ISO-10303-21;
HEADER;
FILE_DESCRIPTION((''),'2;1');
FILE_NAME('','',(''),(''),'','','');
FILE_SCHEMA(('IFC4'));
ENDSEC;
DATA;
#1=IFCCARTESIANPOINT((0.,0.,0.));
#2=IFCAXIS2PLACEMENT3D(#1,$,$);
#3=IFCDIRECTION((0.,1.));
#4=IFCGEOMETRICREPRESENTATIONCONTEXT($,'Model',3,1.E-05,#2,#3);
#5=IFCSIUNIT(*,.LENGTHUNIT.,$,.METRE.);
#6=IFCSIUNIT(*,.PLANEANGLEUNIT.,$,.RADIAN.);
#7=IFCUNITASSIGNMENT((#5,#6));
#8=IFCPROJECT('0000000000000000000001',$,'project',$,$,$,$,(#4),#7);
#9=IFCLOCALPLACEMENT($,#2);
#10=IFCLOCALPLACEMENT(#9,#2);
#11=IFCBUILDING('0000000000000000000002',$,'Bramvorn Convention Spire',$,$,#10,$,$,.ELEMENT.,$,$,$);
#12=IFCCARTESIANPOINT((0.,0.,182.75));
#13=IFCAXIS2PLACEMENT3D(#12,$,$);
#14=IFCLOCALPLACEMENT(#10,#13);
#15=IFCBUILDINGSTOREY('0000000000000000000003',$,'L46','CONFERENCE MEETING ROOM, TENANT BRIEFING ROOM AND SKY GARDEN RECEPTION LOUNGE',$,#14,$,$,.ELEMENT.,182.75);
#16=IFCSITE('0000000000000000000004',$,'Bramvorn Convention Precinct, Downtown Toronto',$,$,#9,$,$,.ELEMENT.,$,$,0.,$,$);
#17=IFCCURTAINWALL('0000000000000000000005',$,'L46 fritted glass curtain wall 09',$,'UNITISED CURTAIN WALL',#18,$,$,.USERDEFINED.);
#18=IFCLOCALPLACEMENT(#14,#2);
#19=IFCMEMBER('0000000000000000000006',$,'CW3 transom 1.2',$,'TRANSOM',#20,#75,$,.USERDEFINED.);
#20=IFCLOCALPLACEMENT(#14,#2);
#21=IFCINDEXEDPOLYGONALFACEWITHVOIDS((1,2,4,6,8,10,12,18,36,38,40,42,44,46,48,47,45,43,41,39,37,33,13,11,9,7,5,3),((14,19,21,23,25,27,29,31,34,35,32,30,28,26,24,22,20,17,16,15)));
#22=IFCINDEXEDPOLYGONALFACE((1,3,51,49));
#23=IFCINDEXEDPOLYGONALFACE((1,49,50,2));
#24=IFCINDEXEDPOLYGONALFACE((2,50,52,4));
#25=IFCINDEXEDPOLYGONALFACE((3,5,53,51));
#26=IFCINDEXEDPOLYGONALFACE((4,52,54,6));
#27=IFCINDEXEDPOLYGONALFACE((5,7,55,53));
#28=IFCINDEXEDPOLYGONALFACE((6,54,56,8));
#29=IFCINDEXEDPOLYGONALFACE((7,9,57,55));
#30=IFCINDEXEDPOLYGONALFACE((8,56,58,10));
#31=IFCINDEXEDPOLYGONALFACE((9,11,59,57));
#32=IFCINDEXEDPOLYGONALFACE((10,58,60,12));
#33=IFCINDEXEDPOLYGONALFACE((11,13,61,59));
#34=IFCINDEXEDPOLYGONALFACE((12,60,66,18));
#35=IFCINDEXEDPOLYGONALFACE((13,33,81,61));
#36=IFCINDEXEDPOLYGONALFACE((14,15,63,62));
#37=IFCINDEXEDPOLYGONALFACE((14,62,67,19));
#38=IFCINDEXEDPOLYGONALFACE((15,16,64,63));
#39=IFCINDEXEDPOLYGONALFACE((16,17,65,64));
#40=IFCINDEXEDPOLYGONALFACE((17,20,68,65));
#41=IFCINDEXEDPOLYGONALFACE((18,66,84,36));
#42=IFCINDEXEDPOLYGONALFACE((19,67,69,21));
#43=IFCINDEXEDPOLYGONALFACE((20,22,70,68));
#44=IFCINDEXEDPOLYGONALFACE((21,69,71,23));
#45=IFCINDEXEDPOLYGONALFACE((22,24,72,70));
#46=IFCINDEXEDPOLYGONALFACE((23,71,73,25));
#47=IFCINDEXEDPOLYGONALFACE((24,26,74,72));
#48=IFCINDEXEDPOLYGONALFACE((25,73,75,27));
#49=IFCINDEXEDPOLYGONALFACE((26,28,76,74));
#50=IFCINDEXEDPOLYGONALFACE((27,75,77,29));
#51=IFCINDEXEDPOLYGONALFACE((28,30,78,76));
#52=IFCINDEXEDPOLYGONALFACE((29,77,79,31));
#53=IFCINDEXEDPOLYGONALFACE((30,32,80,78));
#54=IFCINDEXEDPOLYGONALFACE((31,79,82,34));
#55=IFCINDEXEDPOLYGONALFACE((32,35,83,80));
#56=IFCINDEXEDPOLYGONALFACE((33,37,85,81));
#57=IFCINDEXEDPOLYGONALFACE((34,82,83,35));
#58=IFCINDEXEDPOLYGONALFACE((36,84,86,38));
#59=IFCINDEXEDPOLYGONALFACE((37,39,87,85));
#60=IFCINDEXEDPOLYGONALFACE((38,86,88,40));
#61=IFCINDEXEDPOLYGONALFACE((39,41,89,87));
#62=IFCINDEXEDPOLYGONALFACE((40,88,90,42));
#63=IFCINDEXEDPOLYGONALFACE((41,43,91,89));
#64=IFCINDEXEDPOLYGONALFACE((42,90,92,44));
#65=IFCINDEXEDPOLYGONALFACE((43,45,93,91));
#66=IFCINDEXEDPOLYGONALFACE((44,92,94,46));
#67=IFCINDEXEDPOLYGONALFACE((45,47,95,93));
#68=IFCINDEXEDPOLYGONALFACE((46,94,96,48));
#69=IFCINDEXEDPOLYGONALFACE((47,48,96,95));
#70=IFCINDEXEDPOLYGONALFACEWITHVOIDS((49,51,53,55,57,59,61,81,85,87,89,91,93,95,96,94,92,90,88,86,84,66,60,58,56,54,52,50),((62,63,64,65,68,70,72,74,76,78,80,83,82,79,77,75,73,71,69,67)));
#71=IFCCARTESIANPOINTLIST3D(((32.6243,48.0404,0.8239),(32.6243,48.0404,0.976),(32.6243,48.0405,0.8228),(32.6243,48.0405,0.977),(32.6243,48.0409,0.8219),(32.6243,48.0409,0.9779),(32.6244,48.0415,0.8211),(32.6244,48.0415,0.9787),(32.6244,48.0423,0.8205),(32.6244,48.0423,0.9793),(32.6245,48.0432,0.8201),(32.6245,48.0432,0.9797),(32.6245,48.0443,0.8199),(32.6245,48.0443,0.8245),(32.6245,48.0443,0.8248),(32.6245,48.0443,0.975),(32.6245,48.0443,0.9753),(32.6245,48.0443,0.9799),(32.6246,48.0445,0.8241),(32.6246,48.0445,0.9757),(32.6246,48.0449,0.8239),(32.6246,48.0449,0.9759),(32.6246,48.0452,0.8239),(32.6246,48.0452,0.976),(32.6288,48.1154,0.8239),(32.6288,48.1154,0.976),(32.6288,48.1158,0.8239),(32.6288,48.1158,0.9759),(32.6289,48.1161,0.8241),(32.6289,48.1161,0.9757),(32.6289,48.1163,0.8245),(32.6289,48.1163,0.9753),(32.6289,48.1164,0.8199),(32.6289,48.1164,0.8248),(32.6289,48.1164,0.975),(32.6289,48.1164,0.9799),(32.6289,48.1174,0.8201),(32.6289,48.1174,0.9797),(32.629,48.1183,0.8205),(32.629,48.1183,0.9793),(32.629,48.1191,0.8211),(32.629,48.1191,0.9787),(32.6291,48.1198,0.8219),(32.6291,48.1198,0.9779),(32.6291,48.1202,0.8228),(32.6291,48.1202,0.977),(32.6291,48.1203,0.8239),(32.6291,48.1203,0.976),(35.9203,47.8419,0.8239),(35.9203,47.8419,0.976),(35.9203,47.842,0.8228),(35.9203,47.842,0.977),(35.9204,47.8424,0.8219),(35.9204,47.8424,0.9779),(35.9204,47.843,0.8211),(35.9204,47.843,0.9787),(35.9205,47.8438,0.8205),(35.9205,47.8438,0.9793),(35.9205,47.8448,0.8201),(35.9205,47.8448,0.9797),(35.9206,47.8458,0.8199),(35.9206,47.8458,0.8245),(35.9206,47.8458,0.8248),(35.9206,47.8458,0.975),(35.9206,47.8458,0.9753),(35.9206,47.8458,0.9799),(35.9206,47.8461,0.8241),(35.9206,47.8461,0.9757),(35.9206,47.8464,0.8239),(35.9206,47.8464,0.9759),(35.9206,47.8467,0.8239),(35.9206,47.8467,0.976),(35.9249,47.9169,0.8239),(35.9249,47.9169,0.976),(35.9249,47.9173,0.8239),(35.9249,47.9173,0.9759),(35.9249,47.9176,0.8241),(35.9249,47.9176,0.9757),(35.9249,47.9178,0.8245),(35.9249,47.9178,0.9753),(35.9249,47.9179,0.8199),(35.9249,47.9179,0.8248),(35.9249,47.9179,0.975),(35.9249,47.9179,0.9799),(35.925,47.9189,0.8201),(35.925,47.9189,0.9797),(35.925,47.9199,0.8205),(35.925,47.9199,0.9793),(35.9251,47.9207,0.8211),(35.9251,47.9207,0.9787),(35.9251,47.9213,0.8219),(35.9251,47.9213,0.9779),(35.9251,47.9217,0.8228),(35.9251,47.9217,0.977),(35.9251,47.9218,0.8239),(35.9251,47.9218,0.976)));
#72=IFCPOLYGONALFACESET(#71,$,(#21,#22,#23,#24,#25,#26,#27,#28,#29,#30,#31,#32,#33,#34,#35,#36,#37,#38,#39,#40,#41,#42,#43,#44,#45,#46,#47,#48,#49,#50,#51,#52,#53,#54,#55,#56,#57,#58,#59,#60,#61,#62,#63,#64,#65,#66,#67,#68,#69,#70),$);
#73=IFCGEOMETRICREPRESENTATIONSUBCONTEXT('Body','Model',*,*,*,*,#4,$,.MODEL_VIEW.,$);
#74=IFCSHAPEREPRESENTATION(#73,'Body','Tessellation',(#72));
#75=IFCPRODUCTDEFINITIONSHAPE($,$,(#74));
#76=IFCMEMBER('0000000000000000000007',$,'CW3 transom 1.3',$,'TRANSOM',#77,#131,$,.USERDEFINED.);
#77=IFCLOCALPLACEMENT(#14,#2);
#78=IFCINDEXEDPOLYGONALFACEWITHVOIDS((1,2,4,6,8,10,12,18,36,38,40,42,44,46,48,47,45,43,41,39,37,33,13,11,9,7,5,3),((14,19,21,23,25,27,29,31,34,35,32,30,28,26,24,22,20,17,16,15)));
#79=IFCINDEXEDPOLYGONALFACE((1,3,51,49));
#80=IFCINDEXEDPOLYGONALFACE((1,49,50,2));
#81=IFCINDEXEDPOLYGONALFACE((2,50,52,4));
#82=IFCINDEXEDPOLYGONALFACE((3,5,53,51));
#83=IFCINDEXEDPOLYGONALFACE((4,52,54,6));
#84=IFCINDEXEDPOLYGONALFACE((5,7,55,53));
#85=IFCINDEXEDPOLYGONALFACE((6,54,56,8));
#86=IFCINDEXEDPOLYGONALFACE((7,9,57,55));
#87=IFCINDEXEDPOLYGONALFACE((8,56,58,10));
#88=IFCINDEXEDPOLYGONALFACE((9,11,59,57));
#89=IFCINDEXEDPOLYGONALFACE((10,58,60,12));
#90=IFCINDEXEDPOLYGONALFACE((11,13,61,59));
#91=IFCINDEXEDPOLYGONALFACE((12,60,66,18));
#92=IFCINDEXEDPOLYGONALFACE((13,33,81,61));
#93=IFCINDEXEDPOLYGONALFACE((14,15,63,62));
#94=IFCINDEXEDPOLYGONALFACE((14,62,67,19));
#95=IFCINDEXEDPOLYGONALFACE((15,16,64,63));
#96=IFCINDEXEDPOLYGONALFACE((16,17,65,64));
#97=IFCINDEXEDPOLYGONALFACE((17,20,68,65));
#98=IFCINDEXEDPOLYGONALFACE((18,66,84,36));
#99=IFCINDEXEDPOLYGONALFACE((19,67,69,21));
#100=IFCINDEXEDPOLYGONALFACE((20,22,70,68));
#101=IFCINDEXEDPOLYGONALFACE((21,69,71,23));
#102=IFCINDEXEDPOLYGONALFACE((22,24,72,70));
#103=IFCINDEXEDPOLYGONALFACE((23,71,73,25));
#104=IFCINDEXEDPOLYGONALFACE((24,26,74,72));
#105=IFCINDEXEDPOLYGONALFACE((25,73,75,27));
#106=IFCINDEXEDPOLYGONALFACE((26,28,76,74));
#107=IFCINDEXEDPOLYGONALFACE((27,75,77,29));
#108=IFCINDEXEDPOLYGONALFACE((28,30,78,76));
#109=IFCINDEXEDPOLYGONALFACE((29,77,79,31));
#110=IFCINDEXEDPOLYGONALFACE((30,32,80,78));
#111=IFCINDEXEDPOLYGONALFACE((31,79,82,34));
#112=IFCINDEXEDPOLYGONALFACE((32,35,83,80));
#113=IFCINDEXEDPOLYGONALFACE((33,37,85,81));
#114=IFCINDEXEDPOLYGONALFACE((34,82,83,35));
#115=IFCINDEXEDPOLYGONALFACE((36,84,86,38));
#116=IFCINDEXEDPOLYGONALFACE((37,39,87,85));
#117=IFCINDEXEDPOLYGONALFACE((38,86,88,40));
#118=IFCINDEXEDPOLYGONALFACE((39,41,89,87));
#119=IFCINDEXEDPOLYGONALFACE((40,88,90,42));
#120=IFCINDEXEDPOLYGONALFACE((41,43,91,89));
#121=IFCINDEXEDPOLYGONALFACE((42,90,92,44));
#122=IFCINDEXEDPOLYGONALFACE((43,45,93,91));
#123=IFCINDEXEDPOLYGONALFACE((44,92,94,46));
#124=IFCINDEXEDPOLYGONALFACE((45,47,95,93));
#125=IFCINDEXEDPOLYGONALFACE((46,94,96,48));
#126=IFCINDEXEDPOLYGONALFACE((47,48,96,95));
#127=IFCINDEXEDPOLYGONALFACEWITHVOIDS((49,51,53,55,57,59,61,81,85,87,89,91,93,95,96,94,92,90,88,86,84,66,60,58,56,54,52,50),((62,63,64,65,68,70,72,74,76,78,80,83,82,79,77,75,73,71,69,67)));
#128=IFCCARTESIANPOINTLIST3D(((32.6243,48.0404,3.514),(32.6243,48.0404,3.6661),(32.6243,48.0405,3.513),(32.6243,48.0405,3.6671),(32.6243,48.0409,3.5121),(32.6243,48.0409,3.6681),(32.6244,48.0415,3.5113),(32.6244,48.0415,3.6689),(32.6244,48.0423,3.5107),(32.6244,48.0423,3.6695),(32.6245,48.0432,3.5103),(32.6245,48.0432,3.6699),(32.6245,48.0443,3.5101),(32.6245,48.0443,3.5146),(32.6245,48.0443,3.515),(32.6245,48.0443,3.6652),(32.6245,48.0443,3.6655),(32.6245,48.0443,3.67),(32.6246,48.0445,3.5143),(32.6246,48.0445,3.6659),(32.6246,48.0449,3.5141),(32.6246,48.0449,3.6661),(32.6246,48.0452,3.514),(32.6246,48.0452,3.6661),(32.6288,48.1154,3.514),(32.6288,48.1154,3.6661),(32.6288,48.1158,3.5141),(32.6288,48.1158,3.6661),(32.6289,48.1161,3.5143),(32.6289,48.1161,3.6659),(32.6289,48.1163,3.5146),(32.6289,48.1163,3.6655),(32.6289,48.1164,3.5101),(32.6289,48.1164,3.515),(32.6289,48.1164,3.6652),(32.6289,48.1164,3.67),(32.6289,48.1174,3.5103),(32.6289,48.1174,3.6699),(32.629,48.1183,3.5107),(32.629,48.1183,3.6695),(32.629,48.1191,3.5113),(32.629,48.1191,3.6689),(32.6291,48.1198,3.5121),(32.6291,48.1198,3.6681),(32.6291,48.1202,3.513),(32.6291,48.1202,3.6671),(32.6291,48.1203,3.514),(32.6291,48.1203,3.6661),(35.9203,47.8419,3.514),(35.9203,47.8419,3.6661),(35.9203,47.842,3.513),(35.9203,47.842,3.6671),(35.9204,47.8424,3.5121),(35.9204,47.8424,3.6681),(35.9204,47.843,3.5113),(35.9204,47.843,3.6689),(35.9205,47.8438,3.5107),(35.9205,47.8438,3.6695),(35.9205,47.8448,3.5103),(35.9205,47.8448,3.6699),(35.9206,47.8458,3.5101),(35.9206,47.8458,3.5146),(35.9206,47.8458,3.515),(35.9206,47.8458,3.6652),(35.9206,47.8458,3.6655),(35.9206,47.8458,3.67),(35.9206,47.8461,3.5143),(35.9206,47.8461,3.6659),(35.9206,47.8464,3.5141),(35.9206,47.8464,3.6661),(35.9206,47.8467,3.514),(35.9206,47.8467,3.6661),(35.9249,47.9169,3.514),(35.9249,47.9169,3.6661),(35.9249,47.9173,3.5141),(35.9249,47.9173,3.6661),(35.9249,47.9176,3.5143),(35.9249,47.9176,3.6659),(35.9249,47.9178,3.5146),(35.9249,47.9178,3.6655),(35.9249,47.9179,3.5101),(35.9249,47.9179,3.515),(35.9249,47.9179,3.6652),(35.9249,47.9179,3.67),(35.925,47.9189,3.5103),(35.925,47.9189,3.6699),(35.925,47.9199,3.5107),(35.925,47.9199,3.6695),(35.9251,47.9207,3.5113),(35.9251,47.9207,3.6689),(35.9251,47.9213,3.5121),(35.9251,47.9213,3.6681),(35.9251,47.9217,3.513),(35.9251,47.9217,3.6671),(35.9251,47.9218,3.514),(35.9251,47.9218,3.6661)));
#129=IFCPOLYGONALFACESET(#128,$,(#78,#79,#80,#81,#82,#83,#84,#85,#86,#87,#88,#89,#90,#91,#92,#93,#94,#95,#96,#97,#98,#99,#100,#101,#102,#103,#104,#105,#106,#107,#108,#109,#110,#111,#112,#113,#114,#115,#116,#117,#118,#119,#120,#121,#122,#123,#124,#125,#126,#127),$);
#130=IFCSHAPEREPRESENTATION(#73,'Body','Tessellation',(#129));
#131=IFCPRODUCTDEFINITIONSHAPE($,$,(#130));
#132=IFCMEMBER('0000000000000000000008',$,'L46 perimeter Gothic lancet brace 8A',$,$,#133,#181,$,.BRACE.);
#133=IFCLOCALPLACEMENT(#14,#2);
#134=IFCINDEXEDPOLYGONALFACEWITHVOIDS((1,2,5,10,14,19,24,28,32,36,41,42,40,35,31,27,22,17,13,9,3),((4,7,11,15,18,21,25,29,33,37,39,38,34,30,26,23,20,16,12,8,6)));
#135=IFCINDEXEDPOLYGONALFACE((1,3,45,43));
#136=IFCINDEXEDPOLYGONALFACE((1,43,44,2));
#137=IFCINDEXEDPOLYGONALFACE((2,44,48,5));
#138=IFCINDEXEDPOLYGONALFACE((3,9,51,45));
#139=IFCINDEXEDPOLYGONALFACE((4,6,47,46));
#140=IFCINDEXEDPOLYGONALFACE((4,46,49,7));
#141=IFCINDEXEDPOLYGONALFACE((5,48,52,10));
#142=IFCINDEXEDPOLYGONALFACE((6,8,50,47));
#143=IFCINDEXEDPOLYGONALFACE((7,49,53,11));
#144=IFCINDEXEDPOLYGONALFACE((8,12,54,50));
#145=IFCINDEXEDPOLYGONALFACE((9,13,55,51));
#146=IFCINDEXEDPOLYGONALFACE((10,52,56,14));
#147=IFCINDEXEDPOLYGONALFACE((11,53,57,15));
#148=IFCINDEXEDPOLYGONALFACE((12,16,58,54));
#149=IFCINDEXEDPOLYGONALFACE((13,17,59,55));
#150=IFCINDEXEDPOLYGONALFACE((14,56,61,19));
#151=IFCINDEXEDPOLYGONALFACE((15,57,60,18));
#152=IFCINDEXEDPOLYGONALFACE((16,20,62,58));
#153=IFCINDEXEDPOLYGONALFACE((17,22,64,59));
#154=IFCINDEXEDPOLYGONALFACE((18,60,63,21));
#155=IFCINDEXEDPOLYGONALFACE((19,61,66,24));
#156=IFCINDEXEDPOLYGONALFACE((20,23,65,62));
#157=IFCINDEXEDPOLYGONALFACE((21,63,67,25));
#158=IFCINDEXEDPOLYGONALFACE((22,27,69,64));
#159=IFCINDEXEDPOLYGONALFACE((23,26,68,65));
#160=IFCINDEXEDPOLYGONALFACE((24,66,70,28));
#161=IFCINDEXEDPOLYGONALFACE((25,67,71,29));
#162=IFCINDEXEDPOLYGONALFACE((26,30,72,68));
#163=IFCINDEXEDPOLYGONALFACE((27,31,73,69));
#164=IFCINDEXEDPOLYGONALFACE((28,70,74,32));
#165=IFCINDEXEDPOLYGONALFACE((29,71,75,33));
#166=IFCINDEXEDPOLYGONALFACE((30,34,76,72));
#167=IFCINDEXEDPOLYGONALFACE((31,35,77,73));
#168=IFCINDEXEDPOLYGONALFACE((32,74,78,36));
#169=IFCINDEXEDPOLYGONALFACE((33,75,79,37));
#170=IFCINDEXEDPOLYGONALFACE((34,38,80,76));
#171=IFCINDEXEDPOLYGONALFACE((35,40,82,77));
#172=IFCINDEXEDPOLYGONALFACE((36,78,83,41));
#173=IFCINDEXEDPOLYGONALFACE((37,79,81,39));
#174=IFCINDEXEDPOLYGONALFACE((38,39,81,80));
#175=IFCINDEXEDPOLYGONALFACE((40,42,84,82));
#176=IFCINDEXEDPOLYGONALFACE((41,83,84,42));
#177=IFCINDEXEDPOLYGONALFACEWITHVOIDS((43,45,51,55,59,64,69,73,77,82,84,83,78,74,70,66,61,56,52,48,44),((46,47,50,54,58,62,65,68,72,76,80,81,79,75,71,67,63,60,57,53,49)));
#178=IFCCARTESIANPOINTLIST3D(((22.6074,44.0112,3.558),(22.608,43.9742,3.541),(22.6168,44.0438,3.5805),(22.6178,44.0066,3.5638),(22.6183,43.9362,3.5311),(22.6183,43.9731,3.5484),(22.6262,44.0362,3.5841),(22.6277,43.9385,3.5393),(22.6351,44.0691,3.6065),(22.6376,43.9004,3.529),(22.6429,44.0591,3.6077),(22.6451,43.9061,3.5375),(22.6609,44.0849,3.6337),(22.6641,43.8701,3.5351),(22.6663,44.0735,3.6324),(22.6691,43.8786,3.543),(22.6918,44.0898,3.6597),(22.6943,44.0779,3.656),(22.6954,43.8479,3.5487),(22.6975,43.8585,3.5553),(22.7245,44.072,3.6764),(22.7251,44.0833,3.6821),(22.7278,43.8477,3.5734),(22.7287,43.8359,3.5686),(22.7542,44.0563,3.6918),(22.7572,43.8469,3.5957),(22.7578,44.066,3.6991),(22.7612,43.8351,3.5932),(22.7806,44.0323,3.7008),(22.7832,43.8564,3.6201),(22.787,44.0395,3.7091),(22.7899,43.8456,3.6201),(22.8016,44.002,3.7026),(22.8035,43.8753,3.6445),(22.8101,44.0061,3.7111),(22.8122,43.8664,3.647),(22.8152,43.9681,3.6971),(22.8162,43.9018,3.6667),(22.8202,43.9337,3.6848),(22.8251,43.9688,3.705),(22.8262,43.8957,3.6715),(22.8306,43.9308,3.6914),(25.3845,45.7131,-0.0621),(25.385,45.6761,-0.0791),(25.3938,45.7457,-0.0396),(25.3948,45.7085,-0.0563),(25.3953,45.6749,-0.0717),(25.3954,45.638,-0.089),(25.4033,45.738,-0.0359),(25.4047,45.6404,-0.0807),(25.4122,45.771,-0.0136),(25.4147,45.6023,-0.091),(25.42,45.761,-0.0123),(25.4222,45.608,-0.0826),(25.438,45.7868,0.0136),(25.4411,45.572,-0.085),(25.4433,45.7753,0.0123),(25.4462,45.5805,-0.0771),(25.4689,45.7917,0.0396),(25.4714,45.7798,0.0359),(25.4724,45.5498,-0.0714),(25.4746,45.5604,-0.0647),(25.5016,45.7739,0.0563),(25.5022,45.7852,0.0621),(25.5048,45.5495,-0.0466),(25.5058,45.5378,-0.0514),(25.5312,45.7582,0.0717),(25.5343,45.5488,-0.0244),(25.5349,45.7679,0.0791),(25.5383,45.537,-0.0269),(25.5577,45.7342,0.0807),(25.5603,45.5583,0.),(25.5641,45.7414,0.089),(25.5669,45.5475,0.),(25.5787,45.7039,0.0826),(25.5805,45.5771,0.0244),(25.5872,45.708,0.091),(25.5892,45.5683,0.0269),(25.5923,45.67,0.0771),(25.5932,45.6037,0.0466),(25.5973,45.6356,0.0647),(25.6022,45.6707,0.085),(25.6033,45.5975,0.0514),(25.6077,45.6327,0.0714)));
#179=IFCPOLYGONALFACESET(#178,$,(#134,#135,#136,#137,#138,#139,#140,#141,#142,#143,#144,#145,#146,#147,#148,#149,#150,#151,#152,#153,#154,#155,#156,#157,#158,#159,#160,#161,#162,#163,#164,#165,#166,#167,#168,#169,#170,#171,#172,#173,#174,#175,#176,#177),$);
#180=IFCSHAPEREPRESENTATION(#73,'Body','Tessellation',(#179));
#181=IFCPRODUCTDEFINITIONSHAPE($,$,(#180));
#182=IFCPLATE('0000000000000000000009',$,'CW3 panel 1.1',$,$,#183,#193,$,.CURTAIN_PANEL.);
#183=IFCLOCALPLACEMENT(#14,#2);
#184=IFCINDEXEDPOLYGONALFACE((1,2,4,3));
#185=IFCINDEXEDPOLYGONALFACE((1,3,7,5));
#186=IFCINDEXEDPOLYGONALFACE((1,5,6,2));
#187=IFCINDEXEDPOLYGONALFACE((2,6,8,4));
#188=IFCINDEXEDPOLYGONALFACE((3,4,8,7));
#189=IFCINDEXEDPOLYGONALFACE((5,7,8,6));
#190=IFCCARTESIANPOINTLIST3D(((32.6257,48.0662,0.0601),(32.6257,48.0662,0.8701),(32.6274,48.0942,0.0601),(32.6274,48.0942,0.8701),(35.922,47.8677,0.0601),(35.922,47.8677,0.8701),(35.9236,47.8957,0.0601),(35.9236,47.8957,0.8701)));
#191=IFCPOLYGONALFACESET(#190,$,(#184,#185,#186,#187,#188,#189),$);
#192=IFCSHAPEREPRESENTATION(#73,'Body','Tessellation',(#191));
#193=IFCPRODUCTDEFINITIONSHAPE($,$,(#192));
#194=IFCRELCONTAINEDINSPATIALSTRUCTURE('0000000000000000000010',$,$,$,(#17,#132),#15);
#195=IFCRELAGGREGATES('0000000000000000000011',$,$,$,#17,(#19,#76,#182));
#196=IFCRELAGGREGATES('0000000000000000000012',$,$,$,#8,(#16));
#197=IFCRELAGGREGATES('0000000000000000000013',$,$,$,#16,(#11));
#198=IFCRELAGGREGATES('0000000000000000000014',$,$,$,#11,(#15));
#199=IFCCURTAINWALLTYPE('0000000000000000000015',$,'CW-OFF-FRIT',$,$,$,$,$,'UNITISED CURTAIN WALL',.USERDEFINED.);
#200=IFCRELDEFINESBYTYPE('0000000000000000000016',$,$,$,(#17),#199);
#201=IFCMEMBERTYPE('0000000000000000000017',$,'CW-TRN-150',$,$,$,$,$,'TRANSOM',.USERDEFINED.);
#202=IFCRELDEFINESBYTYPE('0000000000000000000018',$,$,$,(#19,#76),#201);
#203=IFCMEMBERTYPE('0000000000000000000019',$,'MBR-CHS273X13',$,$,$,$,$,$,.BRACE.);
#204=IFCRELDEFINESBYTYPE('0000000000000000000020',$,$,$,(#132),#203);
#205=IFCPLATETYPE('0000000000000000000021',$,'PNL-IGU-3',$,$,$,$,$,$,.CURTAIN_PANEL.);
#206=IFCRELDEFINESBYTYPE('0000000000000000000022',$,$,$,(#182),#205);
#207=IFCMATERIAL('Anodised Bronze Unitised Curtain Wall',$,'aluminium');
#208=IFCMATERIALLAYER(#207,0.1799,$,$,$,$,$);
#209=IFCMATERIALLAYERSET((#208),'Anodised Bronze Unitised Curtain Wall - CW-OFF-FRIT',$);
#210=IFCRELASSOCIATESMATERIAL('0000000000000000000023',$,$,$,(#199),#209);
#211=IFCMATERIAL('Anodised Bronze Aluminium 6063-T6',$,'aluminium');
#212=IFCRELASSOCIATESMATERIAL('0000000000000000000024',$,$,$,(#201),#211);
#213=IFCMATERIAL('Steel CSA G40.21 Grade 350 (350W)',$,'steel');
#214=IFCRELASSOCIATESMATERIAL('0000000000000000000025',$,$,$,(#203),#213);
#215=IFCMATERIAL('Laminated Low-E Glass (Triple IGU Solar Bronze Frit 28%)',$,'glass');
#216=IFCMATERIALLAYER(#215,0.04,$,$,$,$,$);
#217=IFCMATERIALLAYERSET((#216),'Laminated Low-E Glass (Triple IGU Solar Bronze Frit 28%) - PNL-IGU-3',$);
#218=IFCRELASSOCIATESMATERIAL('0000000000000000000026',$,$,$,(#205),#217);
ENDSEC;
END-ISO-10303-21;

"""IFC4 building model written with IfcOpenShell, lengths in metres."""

from ifc_helpers import new_model, si_unit, direction, frame, origin, origin_2d, place, context, subcontext, project, spatial, rectangle, hollow_rectangle, hollow_circle, extrude, material, layer, layer_set, material_profile, profile_set, type_object, element, aggregate, save


model = new_model("IFC4")

# Units and contexts
model_context = context("Model", 3, precision=1e-05, world=origin(), true_north=direction((0.0, 1.0)))
body_context = subcontext(model_context, "Body", "Model", "MODEL_VIEW")
ifc_project = project(units=[si_unit("LENGTHUNIT", "METRE"), si_unit("PLANEANGLEUNIT", "RADIAN")], contexts=[model_context])

# Site, building, storey
site_placement = place(None, origin())
site = spatial("IfcSite", under=ifc_project, at=site_placement, Name="Bramvorn Convention Precinct, Downtown Toronto", CompositionType="ELEMENT", RefElevation=0.0)
building_placement = place(site_placement, origin())
building = spatial("IfcBuilding", under=site, at=building_placement, Name="Bramvorn Convention Spire", CompositionType="ELEMENT")
storey_placement = place(building_placement, frame((0.0, 0.0, 182.75)))
storey = spatial("IfcBuildingStorey", under=building, at=storey_placement, Name="L46", Description="CONFERENCE MEETING ROOM, TENANT BRIEFING ROOM AND SKY GARDEN RECEPTION LOUNGE", CompositionType="ELEMENT", Elevation=182.75)

# Shared definitions
ifc_material_1 = material(Name="Steel CSA G40.21 Grade 350 (350W)", Category="steel")

# Curtain wall, members
ifc_material_2 = material(Name="Anodised Bronze Unitised Curtain Wall", Category="aluminium")
ifc_layer_1 = layer(ifc_material_2, 0.1799)
ifc_layer_set_1 = layer_set([ifc_layer_1], Name="Anodised Bronze Unitised Curtain Wall - CW-OFF-FRIT")
curtain_wall_type = type_object("IfcCurtainWallType", Name="CW-OFF-FRIT", ElementType="UNITISED CURTAIN WALL", PredefinedType="USERDEFINED", material=ifc_layer_set_1)
curtain_wall_placement = place(storey_placement, origin())
curtain_wall = element("IfcCurtainWall", 1, at=curtain_wall_placement, inside=storey, type_object=curtain_wall_type, Name="L46 fritted glass curtain wall 09", ObjectType="UNITISED CURTAIN WALL", PredefinedType="USERDEFINED")
ifc_material_3 = material(Name="Anodised Bronze Aluminium 6063-T6", Category="aluminium")
ifc_material_profile_1 = material_profile(ifc_material_3, hollow_rectangle(XDim=0.0801, YDim=0.1599, WallThickness=0.0039, InnerFilletRadius=0.001, OuterFilletRadius=0.0039, at=origin_2d()))
ifc_profile_set_1 = profile_set([ifc_material_profile_1], Name="Anodised Bronze Aluminium 6063-T6 - CWT80X160")
member_type_1 = type_object("IfcMemberType", Name="CW-TRN-150", ElementType="TRANSOM", PredefinedType="USERDEFINED", material=ifc_profile_set_1)
member_1_placement = place(storey_placement, frame((32.6267, 48.0803, 0.8999), z_axis=(0.998192, -0.060109, 0.0), x_axis=(0.060109, 0.998192, 0.0)))
member_1 = element("IfcMember", 2, at=member_1_placement, type_object=member_type_1, Name="CW3 transom 1.2", ObjectType="TRANSOM", PredefinedType="USERDEFINED", context=body_context, shape_type="SweptSolid", body=[
    extrude(hollow_rectangle(XDim=0.0801, YDim=0.1599, WallThickness=0.0039, InnerFilletRadius=0.001, OuterFilletRadius=0.0039, at=origin_2d()), origin(), (0.0, 0.0, 1.0), 3.302),
])
member_2_placement = place(storey_placement, frame((32.6267, 48.0803, 3.5901), z_axis=(0.998192, -0.060109, 0.0), x_axis=(0.060109, 0.998192, 0.0)))
member_2 = element("IfcMember", 3, at=member_2_placement, type_object=member_type_1, Name="CW3 transom 1.3", ObjectType="TRANSOM", PredefinedType="USERDEFINED", context=body_context, shape_type="SweptSolid", body=[
    extrude(hollow_rectangle(XDim=0.0801, YDim=0.1599, WallThickness=0.0039, InnerFilletRadius=0.001, OuterFilletRadius=0.0039, at=origin_2d()), origin(), (0.0, 0.0, 1.0), 3.302),
])

# Member
ifc_material_profile_2 = material_profile(ifc_material_1, hollow_circle(Radius=0.1365, WallThickness=0.0127, at=origin_2d()))
ifc_profile_set_2 = profile_set([ifc_material_profile_2], Name="Steel CSA G40.21 Grade 350 (350W) - CHS273X13")
member_type_2 = type_object("IfcMemberType", Name="MBR-CHS273X13", PredefinedType="BRACE", material=ifc_profile_set_2)
member_3_placement = place(storey_placement, frame((25.4956, 45.6638, 0.0), z_axis=(-0.570281, -0.349488, 0.743396), x_axis=(0.52252, -0.852627, 0.0)))
element("IfcMember", 4, at=member_3_placement, inside=storey, type_object=member_type_2, Name="L46 perimeter Gothic lancet brace 8A", PredefinedType="BRACE", context=body_context, shape_type="SweptSolid", body=[
    extrude(hollow_circle(Radius=0.1365, WallThickness=0.0127, at=origin_2d()), origin(), (0.0, 0.0, 1.0), 4.8696),
])

# Plate
ifc_material_4 = material(Name="Laminated Low-E Glass (Triple IGU Solar Bronze Frit 28%)", Category="glass")
ifc_layer_2 = layer(ifc_material_4, 0.04)
ifc_layer_set_2 = layer_set([ifc_layer_2], Name="Laminated Low-E Glass (Triple IGU Solar Bronze Frit 28%) - PNL-IGU-3")
plate_type = type_object("IfcPlateType", Name="PNL-IGU-3", PredefinedType="CURTAIN_PANEL", material=ifc_layer_set_2)
plate_1_placement = place(storey_placement, frame((34.2747, 47.981, 0.0601), z_axis=(0.0, 0.0, 1.0), x_axis=(0.998191, -0.060123, 0.0)))
plate_1 = element("IfcPlate", 5, at=plate_1_placement, type_object=plate_type, Name="CW3 panel 1.1", PredefinedType="CURTAIN_PANEL", context=body_context, shape_type="SweptSolid", body=[
    extrude(rectangle(XDim=3.3022, YDim=0.0281, at=origin_2d()), origin(), (0.0, 0.0, 1.0), 0.8101),
])
aggregate(curtain_wall, [member_1, member_2, plate_1])

save(model, "model.ifc")
